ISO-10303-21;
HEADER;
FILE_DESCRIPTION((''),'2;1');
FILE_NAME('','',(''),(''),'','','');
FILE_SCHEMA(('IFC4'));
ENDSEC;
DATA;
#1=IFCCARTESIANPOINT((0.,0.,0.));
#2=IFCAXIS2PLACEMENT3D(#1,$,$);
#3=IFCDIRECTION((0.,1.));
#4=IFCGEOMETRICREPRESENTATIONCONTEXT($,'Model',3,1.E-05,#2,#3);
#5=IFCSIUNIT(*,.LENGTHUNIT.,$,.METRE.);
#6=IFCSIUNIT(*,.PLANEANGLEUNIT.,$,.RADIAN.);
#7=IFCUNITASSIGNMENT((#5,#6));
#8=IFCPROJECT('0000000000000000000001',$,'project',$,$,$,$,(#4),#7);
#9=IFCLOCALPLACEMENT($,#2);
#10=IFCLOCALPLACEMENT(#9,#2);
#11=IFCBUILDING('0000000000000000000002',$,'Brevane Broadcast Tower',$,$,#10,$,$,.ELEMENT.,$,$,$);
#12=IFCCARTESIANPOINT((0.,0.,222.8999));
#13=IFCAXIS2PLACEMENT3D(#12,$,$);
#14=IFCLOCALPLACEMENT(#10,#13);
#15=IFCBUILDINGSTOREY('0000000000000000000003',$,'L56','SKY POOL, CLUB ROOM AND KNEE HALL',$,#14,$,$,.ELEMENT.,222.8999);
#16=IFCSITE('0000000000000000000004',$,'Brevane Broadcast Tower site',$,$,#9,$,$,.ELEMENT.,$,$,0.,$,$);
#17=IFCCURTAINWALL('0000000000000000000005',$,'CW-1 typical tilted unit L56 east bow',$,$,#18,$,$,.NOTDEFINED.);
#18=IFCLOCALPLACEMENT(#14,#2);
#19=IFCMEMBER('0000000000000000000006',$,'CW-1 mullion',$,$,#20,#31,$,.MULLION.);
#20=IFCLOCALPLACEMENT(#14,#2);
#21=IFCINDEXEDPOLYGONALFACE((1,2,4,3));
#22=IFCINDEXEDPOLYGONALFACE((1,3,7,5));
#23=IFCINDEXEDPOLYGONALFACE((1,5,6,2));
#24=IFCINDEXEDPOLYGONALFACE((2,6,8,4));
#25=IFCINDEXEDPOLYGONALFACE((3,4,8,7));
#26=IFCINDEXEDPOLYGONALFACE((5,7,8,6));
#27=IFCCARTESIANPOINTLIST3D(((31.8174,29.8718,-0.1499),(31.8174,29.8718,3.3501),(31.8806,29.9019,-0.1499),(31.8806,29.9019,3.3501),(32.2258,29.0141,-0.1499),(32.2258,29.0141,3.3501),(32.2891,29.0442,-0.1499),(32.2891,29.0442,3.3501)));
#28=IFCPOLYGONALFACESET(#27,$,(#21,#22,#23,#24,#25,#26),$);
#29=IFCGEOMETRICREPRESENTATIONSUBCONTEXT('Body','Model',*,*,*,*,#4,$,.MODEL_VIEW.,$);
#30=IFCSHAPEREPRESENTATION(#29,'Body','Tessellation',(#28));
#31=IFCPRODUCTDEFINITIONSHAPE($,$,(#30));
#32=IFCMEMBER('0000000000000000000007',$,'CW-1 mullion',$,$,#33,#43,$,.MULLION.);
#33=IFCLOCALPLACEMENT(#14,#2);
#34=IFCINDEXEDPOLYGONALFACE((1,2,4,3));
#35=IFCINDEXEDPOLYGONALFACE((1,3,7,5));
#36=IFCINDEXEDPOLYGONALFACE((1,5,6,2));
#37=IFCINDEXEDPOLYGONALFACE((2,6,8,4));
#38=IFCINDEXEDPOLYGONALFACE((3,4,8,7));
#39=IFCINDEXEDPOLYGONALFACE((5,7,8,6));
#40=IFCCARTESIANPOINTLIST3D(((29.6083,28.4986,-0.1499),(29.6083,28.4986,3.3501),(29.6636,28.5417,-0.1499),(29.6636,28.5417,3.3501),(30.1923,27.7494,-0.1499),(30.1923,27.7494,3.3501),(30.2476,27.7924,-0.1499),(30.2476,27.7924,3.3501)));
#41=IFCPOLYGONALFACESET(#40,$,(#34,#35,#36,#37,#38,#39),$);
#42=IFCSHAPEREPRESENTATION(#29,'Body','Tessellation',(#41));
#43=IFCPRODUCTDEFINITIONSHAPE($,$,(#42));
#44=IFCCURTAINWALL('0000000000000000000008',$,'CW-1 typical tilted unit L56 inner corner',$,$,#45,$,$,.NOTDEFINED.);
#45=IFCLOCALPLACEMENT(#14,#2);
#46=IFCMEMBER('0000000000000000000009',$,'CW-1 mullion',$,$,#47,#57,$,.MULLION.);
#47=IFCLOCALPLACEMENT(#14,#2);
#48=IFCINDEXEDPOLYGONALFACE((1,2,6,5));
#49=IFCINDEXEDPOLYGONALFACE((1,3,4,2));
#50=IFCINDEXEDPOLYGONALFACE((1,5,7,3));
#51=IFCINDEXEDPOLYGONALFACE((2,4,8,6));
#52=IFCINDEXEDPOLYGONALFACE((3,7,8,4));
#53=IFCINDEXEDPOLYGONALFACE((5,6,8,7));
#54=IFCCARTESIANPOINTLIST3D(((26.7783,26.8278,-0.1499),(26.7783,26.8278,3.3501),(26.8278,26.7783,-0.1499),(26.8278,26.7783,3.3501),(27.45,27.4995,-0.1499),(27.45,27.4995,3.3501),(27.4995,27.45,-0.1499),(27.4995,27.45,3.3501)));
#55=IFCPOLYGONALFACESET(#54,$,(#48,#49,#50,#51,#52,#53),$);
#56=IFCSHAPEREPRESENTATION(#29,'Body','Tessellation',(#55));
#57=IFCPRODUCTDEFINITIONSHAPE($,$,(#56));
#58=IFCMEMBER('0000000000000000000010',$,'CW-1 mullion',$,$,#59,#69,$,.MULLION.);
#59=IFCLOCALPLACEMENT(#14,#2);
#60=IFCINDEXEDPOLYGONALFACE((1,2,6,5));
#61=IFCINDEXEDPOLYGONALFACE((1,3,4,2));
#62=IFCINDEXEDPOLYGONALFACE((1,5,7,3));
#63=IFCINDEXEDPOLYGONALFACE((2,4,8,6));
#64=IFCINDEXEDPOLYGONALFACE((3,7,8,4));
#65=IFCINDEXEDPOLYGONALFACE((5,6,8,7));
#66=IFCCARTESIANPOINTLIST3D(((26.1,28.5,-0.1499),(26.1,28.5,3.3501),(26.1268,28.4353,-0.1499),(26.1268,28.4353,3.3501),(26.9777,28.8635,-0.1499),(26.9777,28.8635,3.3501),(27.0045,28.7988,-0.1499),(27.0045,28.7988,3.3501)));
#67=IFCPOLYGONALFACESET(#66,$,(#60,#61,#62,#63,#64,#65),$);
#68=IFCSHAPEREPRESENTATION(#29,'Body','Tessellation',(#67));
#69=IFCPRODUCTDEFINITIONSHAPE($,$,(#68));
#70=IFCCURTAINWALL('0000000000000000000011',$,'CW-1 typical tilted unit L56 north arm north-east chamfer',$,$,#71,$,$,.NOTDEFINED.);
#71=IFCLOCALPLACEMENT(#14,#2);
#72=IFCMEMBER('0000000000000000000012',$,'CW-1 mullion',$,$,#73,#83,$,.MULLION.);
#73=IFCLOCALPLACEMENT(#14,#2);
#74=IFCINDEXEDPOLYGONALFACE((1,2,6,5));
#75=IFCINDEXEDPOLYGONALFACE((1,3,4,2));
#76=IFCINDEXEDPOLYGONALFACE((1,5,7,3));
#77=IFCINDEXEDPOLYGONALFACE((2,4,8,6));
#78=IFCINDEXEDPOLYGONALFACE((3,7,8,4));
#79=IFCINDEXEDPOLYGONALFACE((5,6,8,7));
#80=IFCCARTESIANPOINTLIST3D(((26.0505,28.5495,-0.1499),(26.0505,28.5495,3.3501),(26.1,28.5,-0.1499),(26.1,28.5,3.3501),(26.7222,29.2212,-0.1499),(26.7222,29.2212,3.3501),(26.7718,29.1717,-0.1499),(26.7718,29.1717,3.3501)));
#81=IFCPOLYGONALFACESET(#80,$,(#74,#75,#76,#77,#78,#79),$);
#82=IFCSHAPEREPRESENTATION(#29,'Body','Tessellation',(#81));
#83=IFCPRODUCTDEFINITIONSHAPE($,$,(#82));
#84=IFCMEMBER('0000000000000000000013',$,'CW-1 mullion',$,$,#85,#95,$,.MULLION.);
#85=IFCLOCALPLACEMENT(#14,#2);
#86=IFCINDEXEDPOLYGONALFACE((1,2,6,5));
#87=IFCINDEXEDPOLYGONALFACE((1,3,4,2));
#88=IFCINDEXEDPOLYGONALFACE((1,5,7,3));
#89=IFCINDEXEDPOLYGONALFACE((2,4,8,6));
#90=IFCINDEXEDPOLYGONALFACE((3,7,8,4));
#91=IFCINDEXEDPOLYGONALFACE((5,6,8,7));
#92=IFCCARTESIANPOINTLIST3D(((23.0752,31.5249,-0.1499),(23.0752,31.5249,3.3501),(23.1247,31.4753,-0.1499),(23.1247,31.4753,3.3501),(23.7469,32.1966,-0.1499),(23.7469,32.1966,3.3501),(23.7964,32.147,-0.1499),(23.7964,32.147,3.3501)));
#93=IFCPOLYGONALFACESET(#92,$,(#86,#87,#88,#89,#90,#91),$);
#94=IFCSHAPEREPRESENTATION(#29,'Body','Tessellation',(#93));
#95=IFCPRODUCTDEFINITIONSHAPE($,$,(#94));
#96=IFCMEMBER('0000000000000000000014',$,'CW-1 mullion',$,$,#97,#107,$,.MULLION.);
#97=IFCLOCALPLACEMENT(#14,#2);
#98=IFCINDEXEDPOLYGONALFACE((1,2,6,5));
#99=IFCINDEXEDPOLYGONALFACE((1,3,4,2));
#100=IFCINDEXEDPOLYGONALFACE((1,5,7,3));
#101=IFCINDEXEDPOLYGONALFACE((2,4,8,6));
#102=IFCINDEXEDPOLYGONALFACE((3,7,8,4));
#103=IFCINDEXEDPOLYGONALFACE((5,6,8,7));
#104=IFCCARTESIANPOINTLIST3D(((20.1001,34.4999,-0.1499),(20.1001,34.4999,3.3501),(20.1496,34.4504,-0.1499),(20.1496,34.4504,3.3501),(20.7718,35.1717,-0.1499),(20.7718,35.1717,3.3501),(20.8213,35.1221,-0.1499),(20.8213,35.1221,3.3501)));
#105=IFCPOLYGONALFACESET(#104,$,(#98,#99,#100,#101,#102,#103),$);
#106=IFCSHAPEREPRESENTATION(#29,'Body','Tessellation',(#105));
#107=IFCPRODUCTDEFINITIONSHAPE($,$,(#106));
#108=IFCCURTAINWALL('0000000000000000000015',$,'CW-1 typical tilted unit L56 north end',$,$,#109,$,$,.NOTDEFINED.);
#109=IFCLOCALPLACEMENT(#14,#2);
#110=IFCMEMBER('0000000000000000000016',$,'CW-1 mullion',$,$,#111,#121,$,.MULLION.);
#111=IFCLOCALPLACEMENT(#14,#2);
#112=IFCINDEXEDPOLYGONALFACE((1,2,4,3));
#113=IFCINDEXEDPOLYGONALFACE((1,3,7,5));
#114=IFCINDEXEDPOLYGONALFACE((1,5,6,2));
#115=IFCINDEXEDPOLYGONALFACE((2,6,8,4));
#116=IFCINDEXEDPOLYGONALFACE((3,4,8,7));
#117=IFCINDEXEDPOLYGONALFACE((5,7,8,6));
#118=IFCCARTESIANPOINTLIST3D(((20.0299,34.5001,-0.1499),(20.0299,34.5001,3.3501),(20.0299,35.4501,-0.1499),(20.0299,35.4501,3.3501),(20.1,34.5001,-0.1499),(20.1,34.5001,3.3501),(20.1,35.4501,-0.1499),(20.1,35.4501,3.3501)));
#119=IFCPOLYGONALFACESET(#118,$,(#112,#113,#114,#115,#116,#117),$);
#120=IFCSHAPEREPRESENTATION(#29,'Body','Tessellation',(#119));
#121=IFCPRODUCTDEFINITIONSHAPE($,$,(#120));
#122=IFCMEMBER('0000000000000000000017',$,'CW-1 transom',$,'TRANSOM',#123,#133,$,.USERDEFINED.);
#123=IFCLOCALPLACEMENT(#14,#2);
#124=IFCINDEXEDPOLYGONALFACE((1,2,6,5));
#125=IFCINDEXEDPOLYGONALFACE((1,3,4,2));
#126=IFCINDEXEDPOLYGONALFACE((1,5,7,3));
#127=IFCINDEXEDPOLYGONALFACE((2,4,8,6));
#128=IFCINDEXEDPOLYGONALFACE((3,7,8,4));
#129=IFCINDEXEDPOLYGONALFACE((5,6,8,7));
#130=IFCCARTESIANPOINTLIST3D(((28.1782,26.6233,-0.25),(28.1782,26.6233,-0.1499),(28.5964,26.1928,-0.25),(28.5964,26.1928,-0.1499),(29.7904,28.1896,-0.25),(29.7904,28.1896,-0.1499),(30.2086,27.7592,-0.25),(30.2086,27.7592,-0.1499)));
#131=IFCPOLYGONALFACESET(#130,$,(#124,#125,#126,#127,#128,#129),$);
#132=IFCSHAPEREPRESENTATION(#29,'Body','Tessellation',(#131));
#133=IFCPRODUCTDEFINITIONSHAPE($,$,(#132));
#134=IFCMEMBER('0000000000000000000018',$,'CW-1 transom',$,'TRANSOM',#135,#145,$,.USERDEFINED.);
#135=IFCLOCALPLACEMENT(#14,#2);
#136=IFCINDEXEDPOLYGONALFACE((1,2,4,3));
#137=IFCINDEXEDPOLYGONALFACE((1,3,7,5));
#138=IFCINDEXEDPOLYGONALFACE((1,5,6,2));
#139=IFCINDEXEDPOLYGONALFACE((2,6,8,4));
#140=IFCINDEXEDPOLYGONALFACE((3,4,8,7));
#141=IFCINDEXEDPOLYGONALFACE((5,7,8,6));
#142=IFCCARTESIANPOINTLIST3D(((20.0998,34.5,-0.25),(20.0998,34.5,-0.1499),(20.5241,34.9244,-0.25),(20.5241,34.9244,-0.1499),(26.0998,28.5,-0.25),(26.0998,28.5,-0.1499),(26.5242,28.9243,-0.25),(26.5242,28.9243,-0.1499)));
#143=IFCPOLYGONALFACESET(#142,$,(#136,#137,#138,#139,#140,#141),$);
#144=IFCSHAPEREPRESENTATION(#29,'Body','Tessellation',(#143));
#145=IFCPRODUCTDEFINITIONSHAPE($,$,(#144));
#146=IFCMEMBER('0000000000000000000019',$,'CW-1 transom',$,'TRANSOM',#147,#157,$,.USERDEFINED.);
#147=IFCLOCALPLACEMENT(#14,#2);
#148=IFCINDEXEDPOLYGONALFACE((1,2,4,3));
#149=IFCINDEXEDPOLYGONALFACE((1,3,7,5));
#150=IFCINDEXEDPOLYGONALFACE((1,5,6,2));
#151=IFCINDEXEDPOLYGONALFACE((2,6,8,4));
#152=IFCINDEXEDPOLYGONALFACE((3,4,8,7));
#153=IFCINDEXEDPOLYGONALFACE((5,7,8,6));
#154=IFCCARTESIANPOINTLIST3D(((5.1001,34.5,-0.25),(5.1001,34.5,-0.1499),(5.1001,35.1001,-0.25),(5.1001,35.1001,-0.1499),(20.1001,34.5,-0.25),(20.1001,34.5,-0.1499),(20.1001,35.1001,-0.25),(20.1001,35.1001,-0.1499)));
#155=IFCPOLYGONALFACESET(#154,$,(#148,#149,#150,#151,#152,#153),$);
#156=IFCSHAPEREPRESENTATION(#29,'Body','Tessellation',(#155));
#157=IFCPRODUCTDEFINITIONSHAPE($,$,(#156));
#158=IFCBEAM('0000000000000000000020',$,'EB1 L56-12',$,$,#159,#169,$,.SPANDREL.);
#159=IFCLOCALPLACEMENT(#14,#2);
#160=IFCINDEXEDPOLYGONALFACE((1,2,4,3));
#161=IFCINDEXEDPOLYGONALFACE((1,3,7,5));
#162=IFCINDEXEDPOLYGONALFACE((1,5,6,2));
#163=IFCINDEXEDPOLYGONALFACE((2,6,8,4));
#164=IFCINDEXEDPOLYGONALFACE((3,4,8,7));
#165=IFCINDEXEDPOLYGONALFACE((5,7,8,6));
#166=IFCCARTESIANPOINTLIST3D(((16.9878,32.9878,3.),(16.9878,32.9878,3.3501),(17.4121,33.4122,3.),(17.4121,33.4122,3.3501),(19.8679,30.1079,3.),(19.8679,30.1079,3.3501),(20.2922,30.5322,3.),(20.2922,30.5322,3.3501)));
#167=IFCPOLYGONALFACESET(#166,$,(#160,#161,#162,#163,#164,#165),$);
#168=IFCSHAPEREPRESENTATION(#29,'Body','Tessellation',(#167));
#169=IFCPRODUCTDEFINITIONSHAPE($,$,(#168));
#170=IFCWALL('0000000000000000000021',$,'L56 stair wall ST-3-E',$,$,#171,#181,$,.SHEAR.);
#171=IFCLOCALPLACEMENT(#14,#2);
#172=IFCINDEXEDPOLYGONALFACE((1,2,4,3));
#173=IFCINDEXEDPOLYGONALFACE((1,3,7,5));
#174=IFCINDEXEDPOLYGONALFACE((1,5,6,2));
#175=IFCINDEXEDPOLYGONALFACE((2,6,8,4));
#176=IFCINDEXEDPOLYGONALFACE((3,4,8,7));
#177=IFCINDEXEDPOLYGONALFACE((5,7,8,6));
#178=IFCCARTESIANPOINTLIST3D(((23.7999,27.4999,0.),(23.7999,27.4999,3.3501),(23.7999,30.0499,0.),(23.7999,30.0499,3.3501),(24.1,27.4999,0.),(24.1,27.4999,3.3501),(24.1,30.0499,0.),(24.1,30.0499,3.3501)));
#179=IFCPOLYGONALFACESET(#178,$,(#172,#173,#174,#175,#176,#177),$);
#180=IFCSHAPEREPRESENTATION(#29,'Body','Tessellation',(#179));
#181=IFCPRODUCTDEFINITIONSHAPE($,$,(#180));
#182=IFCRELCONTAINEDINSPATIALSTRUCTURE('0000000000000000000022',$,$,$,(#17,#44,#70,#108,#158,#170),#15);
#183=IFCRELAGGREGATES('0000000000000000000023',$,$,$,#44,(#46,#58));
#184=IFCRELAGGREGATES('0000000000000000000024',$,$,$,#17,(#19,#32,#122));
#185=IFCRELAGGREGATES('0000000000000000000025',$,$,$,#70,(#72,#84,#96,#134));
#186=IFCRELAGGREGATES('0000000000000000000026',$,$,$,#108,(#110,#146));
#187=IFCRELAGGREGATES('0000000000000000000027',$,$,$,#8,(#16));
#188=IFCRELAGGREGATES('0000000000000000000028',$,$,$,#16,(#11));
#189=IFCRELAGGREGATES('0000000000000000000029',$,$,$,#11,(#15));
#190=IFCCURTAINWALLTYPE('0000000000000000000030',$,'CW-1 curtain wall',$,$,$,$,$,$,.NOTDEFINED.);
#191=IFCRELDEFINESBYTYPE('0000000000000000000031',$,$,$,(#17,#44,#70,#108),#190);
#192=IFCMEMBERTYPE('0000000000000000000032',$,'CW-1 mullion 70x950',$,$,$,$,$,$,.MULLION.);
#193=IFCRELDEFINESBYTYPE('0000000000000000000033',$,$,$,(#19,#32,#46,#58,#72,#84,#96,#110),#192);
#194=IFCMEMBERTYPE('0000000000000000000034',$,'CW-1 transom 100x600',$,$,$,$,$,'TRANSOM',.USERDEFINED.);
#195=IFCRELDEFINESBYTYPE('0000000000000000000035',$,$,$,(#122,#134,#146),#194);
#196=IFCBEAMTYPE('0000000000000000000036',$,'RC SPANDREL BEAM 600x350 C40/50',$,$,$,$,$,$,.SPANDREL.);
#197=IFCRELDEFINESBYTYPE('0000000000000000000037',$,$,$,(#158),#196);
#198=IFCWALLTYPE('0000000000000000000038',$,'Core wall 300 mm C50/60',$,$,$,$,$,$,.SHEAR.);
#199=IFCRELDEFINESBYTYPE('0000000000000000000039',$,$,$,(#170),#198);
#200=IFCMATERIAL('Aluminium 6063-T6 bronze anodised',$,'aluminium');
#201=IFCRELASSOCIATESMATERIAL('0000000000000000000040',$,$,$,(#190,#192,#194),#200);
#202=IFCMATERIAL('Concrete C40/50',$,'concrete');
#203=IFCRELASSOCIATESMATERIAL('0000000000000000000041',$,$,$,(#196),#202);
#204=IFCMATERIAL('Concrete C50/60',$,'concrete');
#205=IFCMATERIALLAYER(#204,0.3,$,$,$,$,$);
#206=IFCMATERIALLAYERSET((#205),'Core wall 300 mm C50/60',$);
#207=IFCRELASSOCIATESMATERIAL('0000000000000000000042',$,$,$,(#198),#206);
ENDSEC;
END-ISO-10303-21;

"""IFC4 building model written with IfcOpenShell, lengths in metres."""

from ifc_helpers import new_model, si_unit, direction, frame, frame_2d, origin, origin_2d, place, context, subcontext, project, spatial, rectangle, extrude, material, layer, layer_set, material_profile, profile_set, type_object, element, aggregate, save


model = new_model("IFC4")

# Units and contexts
model_context = context("Model", 3, precision=1e-05, world=origin(), true_north=direction((0.0, 1.0)))
body_context = subcontext(model_context, "Body", "Model", "MODEL_VIEW")
ifc_project = project(units=[si_unit("LENGTHUNIT", "METRE"), si_unit("PLANEANGLEUNIT", "RADIAN")], contexts=[model_context])

# Site, building, storey
site_placement = place(None, origin())
site = spatial("IfcSite", under=ifc_project, at=site_placement, Name="Brevane Broadcast Tower site", CompositionType="ELEMENT", RefElevation=0.0)
building_placement = place(site_placement, origin())
building = spatial("IfcBuilding", under=site, at=building_placement, Name="Brevane Broadcast Tower", CompositionType="ELEMENT")
storey_placement = place(building_placement, frame((0.0, 0.0, 222.8999)))
storey = spatial("IfcBuildingStorey", under=building, at=storey_placement, Name="L56", Description="SKY POOL, CLUB ROOM AND KNEE HALL", CompositionType="ELEMENT", Elevation=222.8999)

# Curtain walls, members
ifc_material_1 = material(Name="Aluminium 6063-T6 bronze anodised", Category="aluminium")
curtain_wall_type = type_object("IfcCurtainWallType", Name="CW-1 curtain wall", PredefinedType="NOTDEFINED", material=ifc_material_1)
curtain_wall_1_placement = place(storey_placement, origin())
curtain_wall_1 = element("IfcCurtainWall", 1, at=curtain_wall_1_placement, inside=storey, type_object=curtain_wall_type, Name="CW-1 typical tilted unit L56 east bow", PredefinedType="NOTDEFINED")
ifc_material_profile_1 = material_profile(ifc_material_1, rectangle(XDim=0.95, YDim=0.0701, at=origin_2d()), Name="RECT 70x950")
ifc_profile_set_1 = profile_set([ifc_material_profile_1], Name="Aluminium 6063-T6 bronze anodised")
member_type_1 = type_object("IfcMemberType", Name="CW-1 mullion 70x950", PredefinedType="MULLION", material=ifc_profile_set_1)
member_1_placement = place(storey_placement, frame((32.0532, 29.458, -0.1499), z_axis=(0.0, 0.0, 1.0), x_axis=(0.429934, -0.902861, 0.0)))
member_1 = element("IfcMember", 2, at=member_1_placement, type_object=member_type_1, Name="CW-1 mullion", PredefinedType="MULLION", context=body_context, shape_type="SweptSolid", body=[
    extrude(rectangle(XDim=0.95, YDim=0.0701, at=origin_2d()), origin(), (0.0, 0.0, 1.0), 3.5),
])
member_2_placement = place(storey_placement, frame((29.928, 28.1455, -0.1499), z_axis=(0.0, 0.0, 1.0), x_axis=(0.61477, -0.788707, 0.0)))
member_2 = element("IfcMember", 3, at=member_2_placement, type_object=member_type_1, Name="CW-1 mullion", PredefinedType="MULLION", context=body_context, shape_type="SweptSolid", body=[
    extrude(rectangle(XDim=0.95, YDim=0.0701, at=origin_2d()), origin(), (0.0, 0.0, 1.0), 3.5),
])
curtain_wall_2_placement = place(storey_placement, origin())
curtain_wall_2 = element("IfcCurtainWall", 4, at=curtain_wall_2_placement, inside=storey, type_object=curtain_wall_type, Name="CW-1 typical tilted unit L56 inner corner", PredefinedType="NOTDEFINED")
member_3_placement = place(storey_placement, frame((27.1389, 27.1389, -0.1499), z_axis=(0.0, 0.0, 1.0), x_axis=(-0.707107, -0.707107, 0.0)))
member_3 = element("IfcMember", 5, at=member_3_placement, type_object=member_type_1, Name="CW-1 mullion", PredefinedType="MULLION", context=body_context, shape_type="SweptSolid", body=[
    extrude(rectangle(XDim=0.95, YDim=0.0701, at=origin_2d()), origin(), (0.0, 0.0, 1.0), 3.5),
])
member_4_placement = place(storey_placement, frame((26.5522, 28.6494, -0.1499), z_axis=(0.0, 0.0, 1.0), x_axis=(-0.92388, -0.382683, 0.0)))
member_4 = element("IfcMember", 6, at=member_4_placement, type_object=member_type_1, Name="CW-1 mullion", PredefinedType="MULLION", context=body_context, shape_type="SweptSolid", body=[
    extrude(rectangle(XDim=0.95, YDim=0.0701, at=origin_2d()), origin(), (0.0, 0.0, 1.0), 3.5),
])
aggregate(curtain_wall_2, [member_3, member_4])
curtain_wall_3_placement = place(storey_placement, origin())
curtain_wall_3 = element("IfcCurtainWall", 7, at=curtain_wall_3_placement, inside=storey, type_object=curtain_wall_type, Name="CW-1 typical tilted unit L56 north arm north-east chamfer", PredefinedType="NOTDEFINED")
member_5_placement = place(storey_placement, frame((26.4111, 28.8606, -0.1499), z_axis=(0.0, 0.0, 1.0), x_axis=(-0.707107, -0.707107, 0.0)))
member_5 = element("IfcMember", 8, at=member_5_placement, type_object=member_type_1, Name="CW-1 mullion", PredefinedType="MULLION", context=body_context, shape_type="SweptSolid", body=[
    extrude(rectangle(XDim=0.95, YDim=0.0701, at=origin_2d()), origin(), (0.0, 0.0, 1.0), 3.5),
])
member_6_placement = place(storey_placement, frame((23.4358, 31.8359, -0.1499), z_axis=(0.0, 0.0, 1.0), x_axis=(-0.707107, -0.707107, 0.0)))
member_6 = element("IfcMember", 9, at=member_6_placement, type_object=member_type_1, Name="CW-1 mullion", PredefinedType="MULLION", context=body_context, shape_type="SweptSolid", body=[
    extrude(rectangle(XDim=0.95, YDim=0.0701, at=origin_2d()), origin(), (0.0, 0.0, 1.0), 3.5),
])
member_7_placement = place(storey_placement, frame((20.4607, 34.811, -0.1499), z_axis=(0.0, 0.0, 1.0), x_axis=(-0.707107, -0.707107, 0.0)))
member_7 = element("IfcMember", 10, at=member_7_placement, type_object=member_type_1, Name="CW-1 mullion", PredefinedType="MULLION", context=body_context, shape_type="SweptSolid", body=[
    extrude(rectangle(XDim=0.95, YDim=0.0701, at=origin_2d()), origin(), (0.0, 0.0, 1.0), 3.5),
])

# Curtain wall, member
curtain_wall_4_placement = place(storey_placement, origin())
curtain_wall_4 = element("IfcCurtainWall", 11, at=curtain_wall_4_placement, inside=storey, type_object=curtain_wall_type, Name="CW-1 typical tilted unit L56 north end", PredefinedType="NOTDEFINED")
member_8_placement = place(storey_placement, frame((20.0649, 34.9751, -0.1499), z_axis=(0.0, 0.0, 1.0), x_axis=(0.0, -1.0, 0.0)))
member_8 = element("IfcMember", 12, at=member_8_placement, type_object=member_type_1, Name="CW-1 mullion", PredefinedType="MULLION", context=body_context, shape_type="SweptSolid", body=[
    extrude(rectangle(XDim=0.95, YDim=0.0701, at=origin_2d()), origin(), (0.0, 0.0, 1.0), 3.5),
])

# Members
ifc_material_profile_2 = material_profile(ifc_material_1, rectangle(XDim=0.6001, YDim=0.1001, at=origin_2d()), Name="RECT 100x600")
ifc_profile_set_2 = profile_set([ifc_material_profile_2], Name="Aluminium 6063-T6 bronze anodised")
member_type_2 = type_object("IfcMemberType", Name="CW-1 transom 100x600", ElementType="TRANSOM", PredefinedType="USERDEFINED", material=ifc_profile_set_2)
member_9_placement = place(storey_placement, frame((29.9995, 27.9744, -0.2), z_axis=(-0.717242, -0.696824, 0.0), x_axis=(0.696824, -0.717242, 0.0)))
member_9 = element("IfcMember", 13, at=member_9_placement, type_object=member_type_2, Name="CW-1 transom", ObjectType="TRANSOM", PredefinedType="USERDEFINED", context=body_context, shape_type="SweptSolid", body=[
    extrude(rectangle(XDim=0.6001, YDim=0.1001, at=origin_2d()), origin(), (0.0, 0.0, 1.0), 2.2478),
])
aggregate(curtain_wall_1, [member_1, member_2, member_9])
member_10_placement = place(storey_placement, frame((26.312, 28.7122, -0.2), z_axis=(-0.707107, 0.707107, 0.0), x_axis=(-0.707107, -0.707107, 0.0)))
member_10 = element("IfcMember", 14, at=member_10_placement, type_object=member_type_2, Name="CW-1 transom", ObjectType="TRANSOM", PredefinedType="USERDEFINED", context=body_context, shape_type="SweptSolid", body=[
    extrude(rectangle(XDim=0.6001, YDim=0.1001, at=origin_2d()), origin(), (0.0, 0.0, 1.0), 8.4854),
])
aggregate(curtain_wall_3, [member_5, member_6, member_7, member_10])
member_11_placement = place(storey_placement, frame((20.1001, 34.8, -0.2), z_axis=(-1.0, 0.0, 0.0), x_axis=(0.0, -1.0, 0.0)))
member_11 = element("IfcMember", 15, at=member_11_placement, type_object=member_type_2, Name="CW-1 transom", ObjectType="TRANSOM", PredefinedType="USERDEFINED", context=body_context, shape_type="SweptSolid", body=[
    extrude(rectangle(XDim=0.6001, YDim=0.1001, at=origin_2d()), origin(), (0.0, 0.0, 1.0), 15.0),
])
aggregate(curtain_wall_4, [member_8, member_11])

# Beam
ifc_material_2 = material(Name="Concrete C40/50", Category="concrete")
ifc_material_profile_3 = material_profile(ifc_material_2, rectangle(XDim=0.6001, YDim=0.3501, at=origin_2d()), Name="RC 600x350")
ifc_profile_set_3 = profile_set([ifc_material_profile_3], Name="Concrete C40/50")
beam_type = type_object("IfcBeamType", Name="RC SPANDREL BEAM 600x350 C40/50", PredefinedType="SPANDREL", material=ifc_profile_set_3)
beam_placement = place(storey_placement, frame((20.0801, 30.3201, 3.175), z_axis=(-0.707137, 0.707077, 0.0), x_axis=(-0.707077, -0.707137, 0.0)))
element("IfcBeam", 16, at=beam_placement, inside=storey, type_object=beam_type, Name="EB1 L56-12", PredefinedType="SPANDREL", context=body_context, shape_type="SweptSolid", body=[
    extrude(rectangle(XDim=0.6001, YDim=0.3501, at=origin_2d()), origin(), (0.0, 0.0, 1.0), 4.073),
])

# Wall
ifc_material_3 = material(Name="Concrete C50/60", Category="concrete")
ifc_layer_1 = layer(ifc_material_3, 0.3)
ifc_layer_set_1 = layer_set([ifc_layer_1], Name="Core wall 300 mm C50/60")
wall_type_1 = type_object("IfcWallType", Name="Core wall 300 mm C50/60", PredefinedType="SHEAR", material=ifc_layer_set_1)
wall_1_placement = place(storey_placement, frame((23.95, 27.5, 0.0), z_axis=(0.0, 0.0, 1.0), x_axis=(0.0, 1.0, 0.0)))
element("IfcWall", 17, at=wall_1_placement, inside=storey, type_object=wall_type_1, Name="L56 stair wall ST-3-E", PredefinedType="SHEAR", context=body_context, shape_type="SweptSolid", body=[
    extrude(rectangle(XDim=2.55, YDim=0.3, at=frame_2d((1.2749, 0.0))), origin(), (0.0, 0.0, 1.0), 3.3501),
])

save(model, "model.ifc")
